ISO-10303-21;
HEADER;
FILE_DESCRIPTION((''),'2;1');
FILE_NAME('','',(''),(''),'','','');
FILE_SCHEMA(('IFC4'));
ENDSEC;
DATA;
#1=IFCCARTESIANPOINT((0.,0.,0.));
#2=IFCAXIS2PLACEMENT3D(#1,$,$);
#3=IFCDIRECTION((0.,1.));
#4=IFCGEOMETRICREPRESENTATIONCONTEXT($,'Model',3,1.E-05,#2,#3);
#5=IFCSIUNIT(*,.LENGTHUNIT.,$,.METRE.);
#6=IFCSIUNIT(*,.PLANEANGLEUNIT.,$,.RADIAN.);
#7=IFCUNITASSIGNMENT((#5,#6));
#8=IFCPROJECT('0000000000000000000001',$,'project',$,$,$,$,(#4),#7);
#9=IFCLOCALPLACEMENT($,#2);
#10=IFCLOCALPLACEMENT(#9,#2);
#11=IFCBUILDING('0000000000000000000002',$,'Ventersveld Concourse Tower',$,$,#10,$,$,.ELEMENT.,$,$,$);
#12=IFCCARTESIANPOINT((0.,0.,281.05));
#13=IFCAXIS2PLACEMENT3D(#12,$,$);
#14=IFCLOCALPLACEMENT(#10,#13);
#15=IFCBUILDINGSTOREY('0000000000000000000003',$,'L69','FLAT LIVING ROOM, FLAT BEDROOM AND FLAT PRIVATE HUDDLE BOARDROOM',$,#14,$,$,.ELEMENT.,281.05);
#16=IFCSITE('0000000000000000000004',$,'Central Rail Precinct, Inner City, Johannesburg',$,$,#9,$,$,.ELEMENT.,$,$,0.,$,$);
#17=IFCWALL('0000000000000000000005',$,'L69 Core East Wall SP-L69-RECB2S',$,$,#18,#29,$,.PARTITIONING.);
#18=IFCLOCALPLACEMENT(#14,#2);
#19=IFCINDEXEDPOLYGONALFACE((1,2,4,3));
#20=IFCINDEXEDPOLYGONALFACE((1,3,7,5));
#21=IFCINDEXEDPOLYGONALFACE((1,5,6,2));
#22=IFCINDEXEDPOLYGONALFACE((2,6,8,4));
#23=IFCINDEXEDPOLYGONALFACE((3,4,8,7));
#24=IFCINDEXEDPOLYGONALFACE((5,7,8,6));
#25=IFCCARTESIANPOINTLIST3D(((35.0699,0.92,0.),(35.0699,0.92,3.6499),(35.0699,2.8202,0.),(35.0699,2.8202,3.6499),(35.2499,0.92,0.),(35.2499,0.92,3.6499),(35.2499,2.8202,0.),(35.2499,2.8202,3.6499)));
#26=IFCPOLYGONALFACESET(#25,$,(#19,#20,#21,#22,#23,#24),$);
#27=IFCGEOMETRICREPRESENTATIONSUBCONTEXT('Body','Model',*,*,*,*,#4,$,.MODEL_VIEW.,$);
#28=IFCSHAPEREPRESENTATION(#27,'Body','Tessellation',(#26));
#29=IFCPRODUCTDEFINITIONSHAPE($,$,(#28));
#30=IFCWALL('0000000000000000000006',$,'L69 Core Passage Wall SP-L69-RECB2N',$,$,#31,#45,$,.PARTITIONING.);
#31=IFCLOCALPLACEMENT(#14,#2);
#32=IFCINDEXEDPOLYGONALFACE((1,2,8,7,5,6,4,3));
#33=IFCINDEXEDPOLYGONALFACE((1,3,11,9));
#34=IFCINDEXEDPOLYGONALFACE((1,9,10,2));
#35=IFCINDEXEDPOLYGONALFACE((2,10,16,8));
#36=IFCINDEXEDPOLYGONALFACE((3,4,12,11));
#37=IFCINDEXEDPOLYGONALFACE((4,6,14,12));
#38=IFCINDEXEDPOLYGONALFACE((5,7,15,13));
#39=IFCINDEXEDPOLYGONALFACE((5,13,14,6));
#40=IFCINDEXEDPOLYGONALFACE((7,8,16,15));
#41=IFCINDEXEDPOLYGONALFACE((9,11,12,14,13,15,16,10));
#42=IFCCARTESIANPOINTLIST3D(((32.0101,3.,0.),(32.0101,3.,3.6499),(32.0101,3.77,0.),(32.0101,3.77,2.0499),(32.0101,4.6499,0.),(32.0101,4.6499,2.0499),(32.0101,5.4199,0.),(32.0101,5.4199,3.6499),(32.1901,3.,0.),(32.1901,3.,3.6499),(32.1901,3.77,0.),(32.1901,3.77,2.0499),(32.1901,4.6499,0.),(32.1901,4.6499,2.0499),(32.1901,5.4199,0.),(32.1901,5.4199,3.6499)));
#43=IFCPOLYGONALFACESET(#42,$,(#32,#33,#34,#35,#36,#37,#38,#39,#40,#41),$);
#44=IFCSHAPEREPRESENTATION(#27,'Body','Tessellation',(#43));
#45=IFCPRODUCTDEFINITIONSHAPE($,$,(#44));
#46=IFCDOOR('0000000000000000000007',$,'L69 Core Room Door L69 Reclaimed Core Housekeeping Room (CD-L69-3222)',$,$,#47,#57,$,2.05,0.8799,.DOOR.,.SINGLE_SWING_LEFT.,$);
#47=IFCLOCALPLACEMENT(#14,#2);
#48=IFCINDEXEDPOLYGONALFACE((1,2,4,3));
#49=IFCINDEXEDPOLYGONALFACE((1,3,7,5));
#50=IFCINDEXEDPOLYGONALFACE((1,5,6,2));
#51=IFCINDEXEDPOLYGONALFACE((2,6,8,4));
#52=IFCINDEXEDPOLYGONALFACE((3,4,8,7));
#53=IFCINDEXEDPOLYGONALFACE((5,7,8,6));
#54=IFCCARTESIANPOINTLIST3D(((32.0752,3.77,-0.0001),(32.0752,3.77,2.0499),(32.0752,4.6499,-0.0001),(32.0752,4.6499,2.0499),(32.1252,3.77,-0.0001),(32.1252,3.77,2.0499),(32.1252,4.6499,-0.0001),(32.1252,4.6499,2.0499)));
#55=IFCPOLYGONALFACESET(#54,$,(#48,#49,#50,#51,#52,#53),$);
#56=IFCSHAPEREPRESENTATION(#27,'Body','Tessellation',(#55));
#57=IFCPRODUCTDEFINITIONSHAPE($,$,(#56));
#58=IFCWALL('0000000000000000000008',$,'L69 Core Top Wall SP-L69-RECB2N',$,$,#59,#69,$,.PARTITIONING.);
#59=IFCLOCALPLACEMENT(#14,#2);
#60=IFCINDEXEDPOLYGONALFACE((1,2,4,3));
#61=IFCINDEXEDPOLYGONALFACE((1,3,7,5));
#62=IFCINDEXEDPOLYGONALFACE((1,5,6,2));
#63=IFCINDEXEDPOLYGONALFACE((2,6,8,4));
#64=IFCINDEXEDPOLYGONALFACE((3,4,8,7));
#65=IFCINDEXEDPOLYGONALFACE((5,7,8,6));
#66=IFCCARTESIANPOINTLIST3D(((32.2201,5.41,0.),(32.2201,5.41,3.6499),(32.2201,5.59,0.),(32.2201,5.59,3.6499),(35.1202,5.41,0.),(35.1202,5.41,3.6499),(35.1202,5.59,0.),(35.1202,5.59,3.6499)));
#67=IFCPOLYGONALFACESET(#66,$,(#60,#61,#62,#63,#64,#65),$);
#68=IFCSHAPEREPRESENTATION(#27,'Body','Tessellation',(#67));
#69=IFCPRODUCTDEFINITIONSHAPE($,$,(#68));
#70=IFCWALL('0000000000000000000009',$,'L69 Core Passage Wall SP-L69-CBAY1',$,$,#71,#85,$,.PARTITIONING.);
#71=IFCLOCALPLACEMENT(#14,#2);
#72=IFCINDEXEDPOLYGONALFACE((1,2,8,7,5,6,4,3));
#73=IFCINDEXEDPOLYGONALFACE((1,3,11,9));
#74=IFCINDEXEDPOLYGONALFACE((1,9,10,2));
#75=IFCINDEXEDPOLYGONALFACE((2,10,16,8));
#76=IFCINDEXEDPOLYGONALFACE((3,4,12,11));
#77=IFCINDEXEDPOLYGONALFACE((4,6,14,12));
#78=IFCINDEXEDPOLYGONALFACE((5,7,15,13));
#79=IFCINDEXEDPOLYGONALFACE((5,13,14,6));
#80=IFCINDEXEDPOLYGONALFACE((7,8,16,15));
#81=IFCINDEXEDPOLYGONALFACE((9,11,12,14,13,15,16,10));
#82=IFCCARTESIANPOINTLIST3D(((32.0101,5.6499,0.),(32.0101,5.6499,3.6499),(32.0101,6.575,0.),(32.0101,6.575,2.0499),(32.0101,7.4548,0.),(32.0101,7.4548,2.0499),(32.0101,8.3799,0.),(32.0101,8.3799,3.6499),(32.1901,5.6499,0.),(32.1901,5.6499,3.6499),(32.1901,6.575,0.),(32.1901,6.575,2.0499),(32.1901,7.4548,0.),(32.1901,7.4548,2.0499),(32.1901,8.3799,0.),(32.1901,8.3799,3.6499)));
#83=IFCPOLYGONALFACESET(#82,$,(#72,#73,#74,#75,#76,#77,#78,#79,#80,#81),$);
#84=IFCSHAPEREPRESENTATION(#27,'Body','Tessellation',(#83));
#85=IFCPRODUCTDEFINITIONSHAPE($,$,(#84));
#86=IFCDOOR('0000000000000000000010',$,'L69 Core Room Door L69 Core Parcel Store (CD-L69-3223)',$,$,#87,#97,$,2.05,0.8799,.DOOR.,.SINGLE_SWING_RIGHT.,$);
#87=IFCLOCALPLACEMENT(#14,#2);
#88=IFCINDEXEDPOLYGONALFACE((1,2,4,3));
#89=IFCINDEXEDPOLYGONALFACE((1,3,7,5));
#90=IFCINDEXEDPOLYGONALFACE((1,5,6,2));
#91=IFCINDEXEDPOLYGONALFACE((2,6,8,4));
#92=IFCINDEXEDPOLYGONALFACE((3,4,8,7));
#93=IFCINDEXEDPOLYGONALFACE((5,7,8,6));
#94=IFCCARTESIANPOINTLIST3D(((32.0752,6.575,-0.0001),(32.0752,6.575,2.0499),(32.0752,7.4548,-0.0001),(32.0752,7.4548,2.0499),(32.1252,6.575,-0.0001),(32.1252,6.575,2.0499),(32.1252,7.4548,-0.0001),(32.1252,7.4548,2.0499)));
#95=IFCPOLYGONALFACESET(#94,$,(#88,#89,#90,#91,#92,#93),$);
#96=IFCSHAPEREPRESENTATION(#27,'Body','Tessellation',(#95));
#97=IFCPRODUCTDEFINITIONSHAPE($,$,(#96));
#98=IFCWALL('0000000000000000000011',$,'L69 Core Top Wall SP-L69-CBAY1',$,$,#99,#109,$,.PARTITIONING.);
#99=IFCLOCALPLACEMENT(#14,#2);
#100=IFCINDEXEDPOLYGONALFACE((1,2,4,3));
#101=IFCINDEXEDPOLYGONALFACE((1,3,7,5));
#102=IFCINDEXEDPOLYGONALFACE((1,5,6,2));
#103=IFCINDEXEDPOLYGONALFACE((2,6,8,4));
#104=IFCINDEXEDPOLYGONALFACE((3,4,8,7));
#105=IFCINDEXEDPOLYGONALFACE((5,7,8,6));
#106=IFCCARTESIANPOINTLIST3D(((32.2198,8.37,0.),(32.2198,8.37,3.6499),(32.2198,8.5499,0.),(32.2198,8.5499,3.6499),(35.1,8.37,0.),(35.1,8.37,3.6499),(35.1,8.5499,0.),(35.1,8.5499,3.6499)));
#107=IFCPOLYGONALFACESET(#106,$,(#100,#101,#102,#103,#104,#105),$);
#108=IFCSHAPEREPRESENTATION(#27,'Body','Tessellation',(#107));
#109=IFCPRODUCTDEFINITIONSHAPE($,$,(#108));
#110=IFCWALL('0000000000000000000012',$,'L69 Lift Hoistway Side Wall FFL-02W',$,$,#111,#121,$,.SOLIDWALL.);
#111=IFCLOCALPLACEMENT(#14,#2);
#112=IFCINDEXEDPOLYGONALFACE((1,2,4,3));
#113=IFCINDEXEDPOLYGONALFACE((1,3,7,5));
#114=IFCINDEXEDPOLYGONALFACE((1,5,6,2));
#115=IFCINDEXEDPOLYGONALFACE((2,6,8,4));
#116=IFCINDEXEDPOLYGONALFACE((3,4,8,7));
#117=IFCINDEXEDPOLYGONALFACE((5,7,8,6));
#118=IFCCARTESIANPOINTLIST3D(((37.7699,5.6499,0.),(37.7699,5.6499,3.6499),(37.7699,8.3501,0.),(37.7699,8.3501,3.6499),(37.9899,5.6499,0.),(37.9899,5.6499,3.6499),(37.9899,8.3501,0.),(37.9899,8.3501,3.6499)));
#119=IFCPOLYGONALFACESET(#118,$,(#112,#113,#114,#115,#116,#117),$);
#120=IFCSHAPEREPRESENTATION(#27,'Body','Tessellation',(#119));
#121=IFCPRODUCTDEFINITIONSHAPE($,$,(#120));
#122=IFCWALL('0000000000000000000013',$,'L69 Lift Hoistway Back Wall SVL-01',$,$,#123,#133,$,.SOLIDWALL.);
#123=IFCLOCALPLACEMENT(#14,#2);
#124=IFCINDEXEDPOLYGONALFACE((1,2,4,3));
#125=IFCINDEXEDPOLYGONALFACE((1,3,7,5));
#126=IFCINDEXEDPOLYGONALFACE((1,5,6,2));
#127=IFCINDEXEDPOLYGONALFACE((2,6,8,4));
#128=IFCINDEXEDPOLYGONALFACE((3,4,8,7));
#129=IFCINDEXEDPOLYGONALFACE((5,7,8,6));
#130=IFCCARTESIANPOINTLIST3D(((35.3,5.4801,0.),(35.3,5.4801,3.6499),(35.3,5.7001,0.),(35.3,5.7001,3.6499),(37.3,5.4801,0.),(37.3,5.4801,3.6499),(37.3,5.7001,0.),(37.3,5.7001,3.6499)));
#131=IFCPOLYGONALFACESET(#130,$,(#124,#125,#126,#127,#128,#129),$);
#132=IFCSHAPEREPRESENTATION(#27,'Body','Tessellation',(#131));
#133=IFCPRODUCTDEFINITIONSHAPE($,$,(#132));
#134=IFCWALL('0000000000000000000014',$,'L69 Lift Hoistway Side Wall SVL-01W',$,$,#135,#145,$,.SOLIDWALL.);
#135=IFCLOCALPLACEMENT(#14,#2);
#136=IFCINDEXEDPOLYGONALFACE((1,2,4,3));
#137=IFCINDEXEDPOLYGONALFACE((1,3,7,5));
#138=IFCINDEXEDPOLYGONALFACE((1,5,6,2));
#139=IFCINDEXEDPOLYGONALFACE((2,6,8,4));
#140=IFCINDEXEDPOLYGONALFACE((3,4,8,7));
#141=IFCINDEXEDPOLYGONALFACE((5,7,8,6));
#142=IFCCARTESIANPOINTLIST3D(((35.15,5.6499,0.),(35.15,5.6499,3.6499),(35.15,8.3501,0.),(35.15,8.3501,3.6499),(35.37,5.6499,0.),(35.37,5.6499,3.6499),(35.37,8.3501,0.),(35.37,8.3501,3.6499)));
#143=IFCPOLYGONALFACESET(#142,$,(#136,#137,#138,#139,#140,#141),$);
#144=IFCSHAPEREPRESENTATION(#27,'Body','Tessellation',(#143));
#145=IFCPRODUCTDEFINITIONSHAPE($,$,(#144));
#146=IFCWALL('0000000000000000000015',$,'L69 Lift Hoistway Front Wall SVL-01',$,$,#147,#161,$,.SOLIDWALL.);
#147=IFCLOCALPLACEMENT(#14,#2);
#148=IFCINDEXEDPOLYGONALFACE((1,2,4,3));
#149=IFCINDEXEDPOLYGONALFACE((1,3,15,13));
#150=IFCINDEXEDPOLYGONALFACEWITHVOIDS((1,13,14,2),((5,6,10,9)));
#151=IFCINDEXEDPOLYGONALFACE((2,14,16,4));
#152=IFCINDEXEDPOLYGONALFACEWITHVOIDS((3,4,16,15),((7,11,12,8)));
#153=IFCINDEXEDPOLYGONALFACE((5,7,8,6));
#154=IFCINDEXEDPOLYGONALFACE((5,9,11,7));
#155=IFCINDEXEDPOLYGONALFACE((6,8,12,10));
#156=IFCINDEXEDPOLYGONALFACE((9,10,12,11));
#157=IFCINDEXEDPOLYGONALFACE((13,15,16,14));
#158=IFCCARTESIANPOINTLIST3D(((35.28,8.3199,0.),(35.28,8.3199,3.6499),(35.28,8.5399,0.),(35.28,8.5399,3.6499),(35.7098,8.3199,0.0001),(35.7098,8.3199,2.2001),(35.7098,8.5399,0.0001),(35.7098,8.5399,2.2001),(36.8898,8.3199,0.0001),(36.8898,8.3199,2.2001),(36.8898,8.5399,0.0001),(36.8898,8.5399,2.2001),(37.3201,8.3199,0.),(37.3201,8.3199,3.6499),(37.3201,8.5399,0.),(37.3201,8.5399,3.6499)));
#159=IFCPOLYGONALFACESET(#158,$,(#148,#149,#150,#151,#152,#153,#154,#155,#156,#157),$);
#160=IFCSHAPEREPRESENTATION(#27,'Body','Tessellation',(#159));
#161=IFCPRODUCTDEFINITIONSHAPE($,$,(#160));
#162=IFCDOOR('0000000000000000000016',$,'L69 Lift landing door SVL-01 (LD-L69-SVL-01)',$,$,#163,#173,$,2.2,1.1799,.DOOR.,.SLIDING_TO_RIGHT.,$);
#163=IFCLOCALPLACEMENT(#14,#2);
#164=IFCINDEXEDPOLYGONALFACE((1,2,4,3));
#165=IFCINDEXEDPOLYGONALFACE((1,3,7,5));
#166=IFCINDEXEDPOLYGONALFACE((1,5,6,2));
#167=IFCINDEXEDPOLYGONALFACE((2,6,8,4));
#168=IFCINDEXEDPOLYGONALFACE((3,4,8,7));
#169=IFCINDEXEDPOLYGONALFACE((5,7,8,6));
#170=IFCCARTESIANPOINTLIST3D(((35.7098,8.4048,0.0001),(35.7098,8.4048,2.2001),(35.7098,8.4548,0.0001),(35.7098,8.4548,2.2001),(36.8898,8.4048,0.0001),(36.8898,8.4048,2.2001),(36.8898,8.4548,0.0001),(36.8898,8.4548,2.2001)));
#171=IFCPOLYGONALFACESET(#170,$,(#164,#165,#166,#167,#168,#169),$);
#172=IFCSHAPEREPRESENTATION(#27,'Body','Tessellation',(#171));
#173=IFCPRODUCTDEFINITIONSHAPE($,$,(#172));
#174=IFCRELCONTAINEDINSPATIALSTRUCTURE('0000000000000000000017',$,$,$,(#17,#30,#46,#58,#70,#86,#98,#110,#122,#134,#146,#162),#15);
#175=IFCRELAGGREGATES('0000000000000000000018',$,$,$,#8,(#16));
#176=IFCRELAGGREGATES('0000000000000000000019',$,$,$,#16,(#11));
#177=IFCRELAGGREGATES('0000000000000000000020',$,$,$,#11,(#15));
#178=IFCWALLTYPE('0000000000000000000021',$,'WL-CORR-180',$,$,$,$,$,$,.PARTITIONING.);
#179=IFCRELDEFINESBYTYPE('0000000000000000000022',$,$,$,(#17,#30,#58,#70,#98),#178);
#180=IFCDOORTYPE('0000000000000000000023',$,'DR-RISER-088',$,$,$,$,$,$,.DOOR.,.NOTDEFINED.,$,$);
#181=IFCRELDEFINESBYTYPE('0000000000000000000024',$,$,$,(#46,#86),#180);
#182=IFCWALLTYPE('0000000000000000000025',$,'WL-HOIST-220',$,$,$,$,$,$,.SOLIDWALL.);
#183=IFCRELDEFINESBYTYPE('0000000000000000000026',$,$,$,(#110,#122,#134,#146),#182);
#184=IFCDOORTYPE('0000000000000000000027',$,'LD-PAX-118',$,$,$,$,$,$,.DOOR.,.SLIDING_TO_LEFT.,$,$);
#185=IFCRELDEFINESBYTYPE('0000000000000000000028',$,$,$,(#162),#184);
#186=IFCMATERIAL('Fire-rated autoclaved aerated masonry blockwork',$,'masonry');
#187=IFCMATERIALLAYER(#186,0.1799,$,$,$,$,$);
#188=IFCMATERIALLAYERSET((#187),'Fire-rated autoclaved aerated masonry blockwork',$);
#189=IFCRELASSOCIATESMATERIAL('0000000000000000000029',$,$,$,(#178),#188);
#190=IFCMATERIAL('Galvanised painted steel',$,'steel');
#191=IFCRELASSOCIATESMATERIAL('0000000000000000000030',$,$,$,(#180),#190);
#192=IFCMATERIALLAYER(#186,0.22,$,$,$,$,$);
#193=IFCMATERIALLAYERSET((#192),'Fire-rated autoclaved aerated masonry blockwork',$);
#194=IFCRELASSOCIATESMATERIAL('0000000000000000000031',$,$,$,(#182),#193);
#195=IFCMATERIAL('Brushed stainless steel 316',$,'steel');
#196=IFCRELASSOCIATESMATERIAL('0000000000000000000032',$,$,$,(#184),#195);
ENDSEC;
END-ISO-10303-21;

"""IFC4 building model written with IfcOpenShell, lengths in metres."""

from ifc_helpers import new_model, si_unit, direction, frame, frame_2d, origin, place, context, subcontext, project, spatial, rectangle, extrude, material, layer, layer_set, type_object, element, fill, save


model = new_model("IFC4")

# Units and contexts
model_context = context("Model", 3, precision=1e-05, world=origin(), true_north=direction((0.0, 1.0)))
body_context = subcontext(model_context, "Body", "Model", "MODEL_VIEW")
ifc_project = project(units=[si_unit("LENGTHUNIT", "METRE"), si_unit("PLANEANGLEUNIT", "RADIAN")], contexts=[model_context])

# Site, building, storey
site_placement = place(None, origin())
site = spatial("IfcSite", under=ifc_project, at=site_placement, Name="Central Rail Precinct, Inner City, Johannesburg", CompositionType="ELEMENT", RefElevation=0.0)
building_placement = place(site_placement, origin())
building = spatial("IfcBuilding", under=site, at=building_placement, Name="Ventersveld Concourse Tower", CompositionType="ELEMENT")
storey_placement = place(building_placement, frame((0.0, 0.0, 281.05)))
storey = spatial("IfcBuildingStorey", under=building, at=storey_placement, Name="L69", Description="FLAT LIVING ROOM, FLAT BEDROOM AND FLAT PRIVATE HUDDLE BOARDROOM", CompositionType="ELEMENT", Elevation=281.05)

# Shared definitions
ifc_material_1 = material(Name="Fire-rated autoclaved aerated masonry blockwork", Category="masonry")
ifc_layer_1 = layer(ifc_material_1, 0.1799)
ifc_layer_set_1 = layer_set([ifc_layer_1], Name="Fire-rated autoclaved aerated masonry blockwork")
wall_type_1 = type_object("IfcWallType", Name="WL-CORR-180", PredefinedType="PARTITIONING", material=ifc_layer_set_1)
ifc_material_2 = material(Name="Galvanised painted steel", Category="steel")
door_type_1 = type_object("IfcDoorType", Name="DR-RISER-088", OperationType="NOTDEFINED", PredefinedType="DOOR", material=ifc_material_2)

# Wall
wall_1_placement = place(storey_placement, frame((35.1599, 0.9199, 0.0), z_axis=(0.0, 0.0, 1.0), x_axis=(0.0, 1.0, 0.0)))
element("IfcWall", 1, at=wall_1_placement, inside=storey, type_object=wall_type_1, Name="L69 Core East Wall SP-L69-RECB2S", PredefinedType="PARTITIONING", context=body_context, shape_type="SweptSolid", body=[
    extrude(rectangle(XDim=1.9001, YDim=0.1799, at=frame_2d((0.9502, 0.0))), origin(), (0.0, 0.0, 1.0), 3.6499),
])

# Wall, opening, door
wall_2_placement = place(storey_placement, frame((32.1001, 3.0, 0.0), z_axis=(0.0, 0.0, 1.0), x_axis=(0.0, 1.0, 0.0)))
wall_2 = element("IfcWall", 2, at=wall_2_placement, inside=storey, type_object=wall_type_1, Name="L69 Core Passage Wall SP-L69-RECB2N", PredefinedType="PARTITIONING", context=body_context, shape_type="SweptSolid", body=[
    extrude(rectangle(XDim=2.4199, YDim=0.1799, at=frame_2d((1.21, 0.0))), origin(), (0.0, 0.0, 1.0), 3.6499),
])
opening_1_placement = place(wall_2_placement, frame((0.77, 0.0, 0.0)))
opening_1 = element("IfcOpeningElement", 3, at=opening_1_placement, cuts=wall_2, PredefinedType="OPENING", context=body_context, shape_type="SweptSolid", body=[
    extrude(rectangle(XDim=0.8799, YDim=2.05, at=frame_2d((0.4399, 1.0249))), frame((0.0, 0.1001, 0.0), z_axis=(0.0, -1.0, 0.0), x_axis=(1.0, 0.0, 0.0)), (0.0, 0.0, 1.0), 0.2),
])
door_1_placement = place(opening_1_placement, origin())
door_1 = element("IfcDoor", 4, at=door_1_placement, inside=storey, type_object=door_type_1, Name="L69 Core Room Door L69 Reclaimed Core Housekeeping Room (CD-L69-3222)", OperationType="SINGLE_SWING_LEFT", OverallHeight=2.05, OverallWidth=0.8799, PredefinedType="DOOR", context=body_context, shape_type="SweptSolid", body=[
    extrude(rectangle(XDim=0.8799, YDim=2.05, at=frame_2d((0.4399, 1.0249))), frame((0.0, 0.0249, 0.0), z_axis=(0.0, -1.0, 0.0), x_axis=(1.0, 0.0, 0.0)), (0.0, 0.0, 1.0), 0.05),
])
fill(opening_1, door_1)

# Wall
wall_3_placement = place(storey_placement, frame((32.22, 5.5, 0.0), z_axis=(0.0, 0.0, 1.0), x_axis=(1.0, 0.0, 0.0)))
element("IfcWall", 5, at=wall_3_placement, inside=storey, type_object=wall_type_1, Name="L69 Core Top Wall SP-L69-RECB2N", PredefinedType="PARTITIONING", context=body_context, shape_type="SweptSolid", body=[
    extrude(rectangle(XDim=2.9001, YDim=0.1799, at=frame_2d((1.4502, 0.0))), origin(), (0.0, 0.0, 1.0), 3.6499),
])

# Wall, opening, door
wall_4_placement = place(storey_placement, frame((32.1001, 5.6499, 0.0), z_axis=(0.0, 0.0, 1.0), x_axis=(0.0, 1.0, 0.0)))
wall_4 = element("IfcWall", 6, at=wall_4_placement, inside=storey, type_object=wall_type_1, Name="L69 Core Passage Wall SP-L69-CBAY1", PredefinedType="PARTITIONING", context=body_context, shape_type="SweptSolid", body=[
    extrude(rectangle(XDim=2.73, YDim=0.1799, at=frame_2d((1.365, 0.0))), origin(), (0.0, 0.0, 1.0), 3.6499),
])
opening_2_placement = place(wall_4_placement, frame((0.925, 0.0, 0.0)))
opening_2 = element("IfcOpeningElement", 7, at=opening_2_placement, cuts=wall_4, PredefinedType="OPENING", context=body_context, shape_type="SweptSolid", body=[
    extrude(rectangle(XDim=0.8799, YDim=2.05, at=frame_2d((0.4399, 1.0249))), frame((0.0, 0.1001, 0.0), z_axis=(0.0, -1.0, 0.0), x_axis=(1.0, 0.0, 0.0)), (0.0, 0.0, 1.0), 0.2),
])
door_2_placement = place(opening_2_placement, origin())
door_2 = element("IfcDoor", 8, at=door_2_placement, inside=storey, type_object=door_type_1, Name="L69 Core Room Door L69 Core Parcel Store (CD-L69-3223)", OperationType="SINGLE_SWING_RIGHT", OverallHeight=2.05, OverallWidth=0.8799, PredefinedType="DOOR", context=body_context, shape_type="SweptSolid", body=[
    extrude(rectangle(XDim=0.8799, YDim=2.05, at=frame_2d((0.4399, 1.0249))), frame((0.0, 0.0249, 0.0), z_axis=(0.0, -1.0, 0.0), x_axis=(1.0, 0.0, 0.0)), (0.0, 0.0, 1.0), 0.05),
])
fill(opening_2, door_2)

# Walls
wall_5_placement = place(storey_placement, frame((32.22, 8.46, 0.0), z_axis=(0.0, 0.0, 1.0), x_axis=(1.0, 0.0, 0.0)))
element("IfcWall", 9, at=wall_5_placement, inside=storey, type_object=wall_type_1, Name="L69 Core Top Wall SP-L69-CBAY1", PredefinedType="PARTITIONING", context=body_context, shape_type="SweptSolid", body=[
    extrude(rectangle(XDim=2.8801, YDim=0.1799, at=frame_2d((1.4399, 0.0))), origin(), (0.0, 0.0, 1.0), 3.6499),
])
ifc_layer_2 = layer(ifc_material_1, 0.22)
ifc_layer_set_2 = layer_set([ifc_layer_2], Name="Fire-rated autoclaved aerated masonry blockwork")
wall_type_2 = type_object("IfcWallType", Name="WL-HOIST-220", PredefinedType="SOLIDWALL", material=ifc_layer_set_2)
wall_6_placement = place(storey_placement, frame((37.8799, 5.6499, 0.0), z_axis=(0.0, 0.0, 1.0), x_axis=(0.0, 1.0, 0.0)))
element("IfcWall", 10, at=wall_6_placement, inside=storey, type_object=wall_type_2, Name="L69 Lift Hoistway Side Wall FFL-02W", PredefinedType="SOLIDWALL", context=body_context, shape_type="SweptSolid", body=[
    extrude(rectangle(XDim=2.7002, YDim=0.22, at=frame_2d((1.3501, 0.0))), origin(), (0.0, 0.0, 1.0), 3.6499),
])
wall_7_placement = place(storey_placement, frame((35.3, 5.5901, 0.0), z_axis=(0.0, 0.0, 1.0), x_axis=(1.0, 0.0, 0.0)))
element("IfcWall", 11, at=wall_7_placement, inside=storey, type_object=wall_type_2, Name="L69 Lift Hoistway Back Wall SVL-01", PredefinedType="SOLIDWALL", context=body_context, shape_type="SweptSolid", body=[
    extrude(rectangle(XDim=2.0, YDim=0.22, at=frame_2d((1.0, 0.0))), origin(), (0.0, 0.0, 1.0), 3.6499),
])
wall_8_placement = place(storey_placement, frame((35.26, 5.6499, 0.0), z_axis=(0.0, 0.0, 1.0), x_axis=(0.0, 1.0, 0.0)))
element("IfcWall", 12, at=wall_8_placement, inside=storey, type_object=wall_type_2, Name="L69 Lift Hoistway Side Wall SVL-01W", PredefinedType="SOLIDWALL", context=body_context, shape_type="SweptSolid", body=[
    extrude(rectangle(XDim=2.7002, YDim=0.22, at=frame_2d((1.3501, 0.0))), origin(), (0.0, 0.0, 1.0), 3.6499),
])

# Wall, opening, door
wall_9_placement = place(storey_placement, frame((35.28, 8.4299, 0.0), z_axis=(0.0, 0.0, 1.0), x_axis=(1.0, 0.0, 0.0)))
wall_9 = element("IfcWall", 13, at=wall_9_placement, inside=storey, type_object=wall_type_2, Name="L69 Lift Hoistway Front Wall SVL-01", PredefinedType="SOLIDWALL", context=body_context, shape_type="SweptSolid", body=[
    extrude(rectangle(XDim=2.04, YDim=0.22, at=frame_2d((1.02, 0.0))), origin(), (0.0, 0.0, 1.0), 3.6499),
])
opening_3_placement = place(wall_9_placement, frame((0.4299, 0.0, 0.0)))
opening_3 = element("IfcOpeningElement", 14, at=opening_3_placement, cuts=wall_9, PredefinedType="OPENING", context=body_context, shape_type="SweptSolid", body=[
    extrude(rectangle(XDim=1.1799, YDim=2.2, at=frame_2d((0.5898, 1.1001))), frame((0.0, 0.1201, 0.0), z_axis=(0.0, -1.0, 0.0), x_axis=(1.0, 0.0, 0.0)), (0.0, 0.0, 1.0), 0.24),
])
ifc_material_3 = material(Name="Brushed stainless steel 316", Category="steel")
door_type_2 = type_object("IfcDoorType", Name="LD-PAX-118", OperationType="SLIDING_TO_LEFT", PredefinedType="DOOR", material=ifc_material_3)
door_3_placement = place(opening_3_placement, origin())
door_3 = element("IfcDoor", 15, at=door_3_placement, inside=storey, type_object=door_type_2, Name="L69 Lift landing door SVL-01 (LD-L69-SVL-01)", OperationType="SLIDING_TO_RIGHT", OverallHeight=2.2, OverallWidth=1.1799, PredefinedType="DOOR", context=body_context, shape_type="SweptSolid", body=[
    extrude(rectangle(XDim=1.1799, YDim=2.2, at=frame_2d((0.5898, 1.1001))), frame((0.0, 0.0249, 0.0), z_axis=(0.0, -1.0, 0.0), x_axis=(1.0, 0.0, 0.0)), (0.0, 0.0, 1.0), 0.05),
])
fill(opening_3, door_3)

save(model, "model.ifc")
